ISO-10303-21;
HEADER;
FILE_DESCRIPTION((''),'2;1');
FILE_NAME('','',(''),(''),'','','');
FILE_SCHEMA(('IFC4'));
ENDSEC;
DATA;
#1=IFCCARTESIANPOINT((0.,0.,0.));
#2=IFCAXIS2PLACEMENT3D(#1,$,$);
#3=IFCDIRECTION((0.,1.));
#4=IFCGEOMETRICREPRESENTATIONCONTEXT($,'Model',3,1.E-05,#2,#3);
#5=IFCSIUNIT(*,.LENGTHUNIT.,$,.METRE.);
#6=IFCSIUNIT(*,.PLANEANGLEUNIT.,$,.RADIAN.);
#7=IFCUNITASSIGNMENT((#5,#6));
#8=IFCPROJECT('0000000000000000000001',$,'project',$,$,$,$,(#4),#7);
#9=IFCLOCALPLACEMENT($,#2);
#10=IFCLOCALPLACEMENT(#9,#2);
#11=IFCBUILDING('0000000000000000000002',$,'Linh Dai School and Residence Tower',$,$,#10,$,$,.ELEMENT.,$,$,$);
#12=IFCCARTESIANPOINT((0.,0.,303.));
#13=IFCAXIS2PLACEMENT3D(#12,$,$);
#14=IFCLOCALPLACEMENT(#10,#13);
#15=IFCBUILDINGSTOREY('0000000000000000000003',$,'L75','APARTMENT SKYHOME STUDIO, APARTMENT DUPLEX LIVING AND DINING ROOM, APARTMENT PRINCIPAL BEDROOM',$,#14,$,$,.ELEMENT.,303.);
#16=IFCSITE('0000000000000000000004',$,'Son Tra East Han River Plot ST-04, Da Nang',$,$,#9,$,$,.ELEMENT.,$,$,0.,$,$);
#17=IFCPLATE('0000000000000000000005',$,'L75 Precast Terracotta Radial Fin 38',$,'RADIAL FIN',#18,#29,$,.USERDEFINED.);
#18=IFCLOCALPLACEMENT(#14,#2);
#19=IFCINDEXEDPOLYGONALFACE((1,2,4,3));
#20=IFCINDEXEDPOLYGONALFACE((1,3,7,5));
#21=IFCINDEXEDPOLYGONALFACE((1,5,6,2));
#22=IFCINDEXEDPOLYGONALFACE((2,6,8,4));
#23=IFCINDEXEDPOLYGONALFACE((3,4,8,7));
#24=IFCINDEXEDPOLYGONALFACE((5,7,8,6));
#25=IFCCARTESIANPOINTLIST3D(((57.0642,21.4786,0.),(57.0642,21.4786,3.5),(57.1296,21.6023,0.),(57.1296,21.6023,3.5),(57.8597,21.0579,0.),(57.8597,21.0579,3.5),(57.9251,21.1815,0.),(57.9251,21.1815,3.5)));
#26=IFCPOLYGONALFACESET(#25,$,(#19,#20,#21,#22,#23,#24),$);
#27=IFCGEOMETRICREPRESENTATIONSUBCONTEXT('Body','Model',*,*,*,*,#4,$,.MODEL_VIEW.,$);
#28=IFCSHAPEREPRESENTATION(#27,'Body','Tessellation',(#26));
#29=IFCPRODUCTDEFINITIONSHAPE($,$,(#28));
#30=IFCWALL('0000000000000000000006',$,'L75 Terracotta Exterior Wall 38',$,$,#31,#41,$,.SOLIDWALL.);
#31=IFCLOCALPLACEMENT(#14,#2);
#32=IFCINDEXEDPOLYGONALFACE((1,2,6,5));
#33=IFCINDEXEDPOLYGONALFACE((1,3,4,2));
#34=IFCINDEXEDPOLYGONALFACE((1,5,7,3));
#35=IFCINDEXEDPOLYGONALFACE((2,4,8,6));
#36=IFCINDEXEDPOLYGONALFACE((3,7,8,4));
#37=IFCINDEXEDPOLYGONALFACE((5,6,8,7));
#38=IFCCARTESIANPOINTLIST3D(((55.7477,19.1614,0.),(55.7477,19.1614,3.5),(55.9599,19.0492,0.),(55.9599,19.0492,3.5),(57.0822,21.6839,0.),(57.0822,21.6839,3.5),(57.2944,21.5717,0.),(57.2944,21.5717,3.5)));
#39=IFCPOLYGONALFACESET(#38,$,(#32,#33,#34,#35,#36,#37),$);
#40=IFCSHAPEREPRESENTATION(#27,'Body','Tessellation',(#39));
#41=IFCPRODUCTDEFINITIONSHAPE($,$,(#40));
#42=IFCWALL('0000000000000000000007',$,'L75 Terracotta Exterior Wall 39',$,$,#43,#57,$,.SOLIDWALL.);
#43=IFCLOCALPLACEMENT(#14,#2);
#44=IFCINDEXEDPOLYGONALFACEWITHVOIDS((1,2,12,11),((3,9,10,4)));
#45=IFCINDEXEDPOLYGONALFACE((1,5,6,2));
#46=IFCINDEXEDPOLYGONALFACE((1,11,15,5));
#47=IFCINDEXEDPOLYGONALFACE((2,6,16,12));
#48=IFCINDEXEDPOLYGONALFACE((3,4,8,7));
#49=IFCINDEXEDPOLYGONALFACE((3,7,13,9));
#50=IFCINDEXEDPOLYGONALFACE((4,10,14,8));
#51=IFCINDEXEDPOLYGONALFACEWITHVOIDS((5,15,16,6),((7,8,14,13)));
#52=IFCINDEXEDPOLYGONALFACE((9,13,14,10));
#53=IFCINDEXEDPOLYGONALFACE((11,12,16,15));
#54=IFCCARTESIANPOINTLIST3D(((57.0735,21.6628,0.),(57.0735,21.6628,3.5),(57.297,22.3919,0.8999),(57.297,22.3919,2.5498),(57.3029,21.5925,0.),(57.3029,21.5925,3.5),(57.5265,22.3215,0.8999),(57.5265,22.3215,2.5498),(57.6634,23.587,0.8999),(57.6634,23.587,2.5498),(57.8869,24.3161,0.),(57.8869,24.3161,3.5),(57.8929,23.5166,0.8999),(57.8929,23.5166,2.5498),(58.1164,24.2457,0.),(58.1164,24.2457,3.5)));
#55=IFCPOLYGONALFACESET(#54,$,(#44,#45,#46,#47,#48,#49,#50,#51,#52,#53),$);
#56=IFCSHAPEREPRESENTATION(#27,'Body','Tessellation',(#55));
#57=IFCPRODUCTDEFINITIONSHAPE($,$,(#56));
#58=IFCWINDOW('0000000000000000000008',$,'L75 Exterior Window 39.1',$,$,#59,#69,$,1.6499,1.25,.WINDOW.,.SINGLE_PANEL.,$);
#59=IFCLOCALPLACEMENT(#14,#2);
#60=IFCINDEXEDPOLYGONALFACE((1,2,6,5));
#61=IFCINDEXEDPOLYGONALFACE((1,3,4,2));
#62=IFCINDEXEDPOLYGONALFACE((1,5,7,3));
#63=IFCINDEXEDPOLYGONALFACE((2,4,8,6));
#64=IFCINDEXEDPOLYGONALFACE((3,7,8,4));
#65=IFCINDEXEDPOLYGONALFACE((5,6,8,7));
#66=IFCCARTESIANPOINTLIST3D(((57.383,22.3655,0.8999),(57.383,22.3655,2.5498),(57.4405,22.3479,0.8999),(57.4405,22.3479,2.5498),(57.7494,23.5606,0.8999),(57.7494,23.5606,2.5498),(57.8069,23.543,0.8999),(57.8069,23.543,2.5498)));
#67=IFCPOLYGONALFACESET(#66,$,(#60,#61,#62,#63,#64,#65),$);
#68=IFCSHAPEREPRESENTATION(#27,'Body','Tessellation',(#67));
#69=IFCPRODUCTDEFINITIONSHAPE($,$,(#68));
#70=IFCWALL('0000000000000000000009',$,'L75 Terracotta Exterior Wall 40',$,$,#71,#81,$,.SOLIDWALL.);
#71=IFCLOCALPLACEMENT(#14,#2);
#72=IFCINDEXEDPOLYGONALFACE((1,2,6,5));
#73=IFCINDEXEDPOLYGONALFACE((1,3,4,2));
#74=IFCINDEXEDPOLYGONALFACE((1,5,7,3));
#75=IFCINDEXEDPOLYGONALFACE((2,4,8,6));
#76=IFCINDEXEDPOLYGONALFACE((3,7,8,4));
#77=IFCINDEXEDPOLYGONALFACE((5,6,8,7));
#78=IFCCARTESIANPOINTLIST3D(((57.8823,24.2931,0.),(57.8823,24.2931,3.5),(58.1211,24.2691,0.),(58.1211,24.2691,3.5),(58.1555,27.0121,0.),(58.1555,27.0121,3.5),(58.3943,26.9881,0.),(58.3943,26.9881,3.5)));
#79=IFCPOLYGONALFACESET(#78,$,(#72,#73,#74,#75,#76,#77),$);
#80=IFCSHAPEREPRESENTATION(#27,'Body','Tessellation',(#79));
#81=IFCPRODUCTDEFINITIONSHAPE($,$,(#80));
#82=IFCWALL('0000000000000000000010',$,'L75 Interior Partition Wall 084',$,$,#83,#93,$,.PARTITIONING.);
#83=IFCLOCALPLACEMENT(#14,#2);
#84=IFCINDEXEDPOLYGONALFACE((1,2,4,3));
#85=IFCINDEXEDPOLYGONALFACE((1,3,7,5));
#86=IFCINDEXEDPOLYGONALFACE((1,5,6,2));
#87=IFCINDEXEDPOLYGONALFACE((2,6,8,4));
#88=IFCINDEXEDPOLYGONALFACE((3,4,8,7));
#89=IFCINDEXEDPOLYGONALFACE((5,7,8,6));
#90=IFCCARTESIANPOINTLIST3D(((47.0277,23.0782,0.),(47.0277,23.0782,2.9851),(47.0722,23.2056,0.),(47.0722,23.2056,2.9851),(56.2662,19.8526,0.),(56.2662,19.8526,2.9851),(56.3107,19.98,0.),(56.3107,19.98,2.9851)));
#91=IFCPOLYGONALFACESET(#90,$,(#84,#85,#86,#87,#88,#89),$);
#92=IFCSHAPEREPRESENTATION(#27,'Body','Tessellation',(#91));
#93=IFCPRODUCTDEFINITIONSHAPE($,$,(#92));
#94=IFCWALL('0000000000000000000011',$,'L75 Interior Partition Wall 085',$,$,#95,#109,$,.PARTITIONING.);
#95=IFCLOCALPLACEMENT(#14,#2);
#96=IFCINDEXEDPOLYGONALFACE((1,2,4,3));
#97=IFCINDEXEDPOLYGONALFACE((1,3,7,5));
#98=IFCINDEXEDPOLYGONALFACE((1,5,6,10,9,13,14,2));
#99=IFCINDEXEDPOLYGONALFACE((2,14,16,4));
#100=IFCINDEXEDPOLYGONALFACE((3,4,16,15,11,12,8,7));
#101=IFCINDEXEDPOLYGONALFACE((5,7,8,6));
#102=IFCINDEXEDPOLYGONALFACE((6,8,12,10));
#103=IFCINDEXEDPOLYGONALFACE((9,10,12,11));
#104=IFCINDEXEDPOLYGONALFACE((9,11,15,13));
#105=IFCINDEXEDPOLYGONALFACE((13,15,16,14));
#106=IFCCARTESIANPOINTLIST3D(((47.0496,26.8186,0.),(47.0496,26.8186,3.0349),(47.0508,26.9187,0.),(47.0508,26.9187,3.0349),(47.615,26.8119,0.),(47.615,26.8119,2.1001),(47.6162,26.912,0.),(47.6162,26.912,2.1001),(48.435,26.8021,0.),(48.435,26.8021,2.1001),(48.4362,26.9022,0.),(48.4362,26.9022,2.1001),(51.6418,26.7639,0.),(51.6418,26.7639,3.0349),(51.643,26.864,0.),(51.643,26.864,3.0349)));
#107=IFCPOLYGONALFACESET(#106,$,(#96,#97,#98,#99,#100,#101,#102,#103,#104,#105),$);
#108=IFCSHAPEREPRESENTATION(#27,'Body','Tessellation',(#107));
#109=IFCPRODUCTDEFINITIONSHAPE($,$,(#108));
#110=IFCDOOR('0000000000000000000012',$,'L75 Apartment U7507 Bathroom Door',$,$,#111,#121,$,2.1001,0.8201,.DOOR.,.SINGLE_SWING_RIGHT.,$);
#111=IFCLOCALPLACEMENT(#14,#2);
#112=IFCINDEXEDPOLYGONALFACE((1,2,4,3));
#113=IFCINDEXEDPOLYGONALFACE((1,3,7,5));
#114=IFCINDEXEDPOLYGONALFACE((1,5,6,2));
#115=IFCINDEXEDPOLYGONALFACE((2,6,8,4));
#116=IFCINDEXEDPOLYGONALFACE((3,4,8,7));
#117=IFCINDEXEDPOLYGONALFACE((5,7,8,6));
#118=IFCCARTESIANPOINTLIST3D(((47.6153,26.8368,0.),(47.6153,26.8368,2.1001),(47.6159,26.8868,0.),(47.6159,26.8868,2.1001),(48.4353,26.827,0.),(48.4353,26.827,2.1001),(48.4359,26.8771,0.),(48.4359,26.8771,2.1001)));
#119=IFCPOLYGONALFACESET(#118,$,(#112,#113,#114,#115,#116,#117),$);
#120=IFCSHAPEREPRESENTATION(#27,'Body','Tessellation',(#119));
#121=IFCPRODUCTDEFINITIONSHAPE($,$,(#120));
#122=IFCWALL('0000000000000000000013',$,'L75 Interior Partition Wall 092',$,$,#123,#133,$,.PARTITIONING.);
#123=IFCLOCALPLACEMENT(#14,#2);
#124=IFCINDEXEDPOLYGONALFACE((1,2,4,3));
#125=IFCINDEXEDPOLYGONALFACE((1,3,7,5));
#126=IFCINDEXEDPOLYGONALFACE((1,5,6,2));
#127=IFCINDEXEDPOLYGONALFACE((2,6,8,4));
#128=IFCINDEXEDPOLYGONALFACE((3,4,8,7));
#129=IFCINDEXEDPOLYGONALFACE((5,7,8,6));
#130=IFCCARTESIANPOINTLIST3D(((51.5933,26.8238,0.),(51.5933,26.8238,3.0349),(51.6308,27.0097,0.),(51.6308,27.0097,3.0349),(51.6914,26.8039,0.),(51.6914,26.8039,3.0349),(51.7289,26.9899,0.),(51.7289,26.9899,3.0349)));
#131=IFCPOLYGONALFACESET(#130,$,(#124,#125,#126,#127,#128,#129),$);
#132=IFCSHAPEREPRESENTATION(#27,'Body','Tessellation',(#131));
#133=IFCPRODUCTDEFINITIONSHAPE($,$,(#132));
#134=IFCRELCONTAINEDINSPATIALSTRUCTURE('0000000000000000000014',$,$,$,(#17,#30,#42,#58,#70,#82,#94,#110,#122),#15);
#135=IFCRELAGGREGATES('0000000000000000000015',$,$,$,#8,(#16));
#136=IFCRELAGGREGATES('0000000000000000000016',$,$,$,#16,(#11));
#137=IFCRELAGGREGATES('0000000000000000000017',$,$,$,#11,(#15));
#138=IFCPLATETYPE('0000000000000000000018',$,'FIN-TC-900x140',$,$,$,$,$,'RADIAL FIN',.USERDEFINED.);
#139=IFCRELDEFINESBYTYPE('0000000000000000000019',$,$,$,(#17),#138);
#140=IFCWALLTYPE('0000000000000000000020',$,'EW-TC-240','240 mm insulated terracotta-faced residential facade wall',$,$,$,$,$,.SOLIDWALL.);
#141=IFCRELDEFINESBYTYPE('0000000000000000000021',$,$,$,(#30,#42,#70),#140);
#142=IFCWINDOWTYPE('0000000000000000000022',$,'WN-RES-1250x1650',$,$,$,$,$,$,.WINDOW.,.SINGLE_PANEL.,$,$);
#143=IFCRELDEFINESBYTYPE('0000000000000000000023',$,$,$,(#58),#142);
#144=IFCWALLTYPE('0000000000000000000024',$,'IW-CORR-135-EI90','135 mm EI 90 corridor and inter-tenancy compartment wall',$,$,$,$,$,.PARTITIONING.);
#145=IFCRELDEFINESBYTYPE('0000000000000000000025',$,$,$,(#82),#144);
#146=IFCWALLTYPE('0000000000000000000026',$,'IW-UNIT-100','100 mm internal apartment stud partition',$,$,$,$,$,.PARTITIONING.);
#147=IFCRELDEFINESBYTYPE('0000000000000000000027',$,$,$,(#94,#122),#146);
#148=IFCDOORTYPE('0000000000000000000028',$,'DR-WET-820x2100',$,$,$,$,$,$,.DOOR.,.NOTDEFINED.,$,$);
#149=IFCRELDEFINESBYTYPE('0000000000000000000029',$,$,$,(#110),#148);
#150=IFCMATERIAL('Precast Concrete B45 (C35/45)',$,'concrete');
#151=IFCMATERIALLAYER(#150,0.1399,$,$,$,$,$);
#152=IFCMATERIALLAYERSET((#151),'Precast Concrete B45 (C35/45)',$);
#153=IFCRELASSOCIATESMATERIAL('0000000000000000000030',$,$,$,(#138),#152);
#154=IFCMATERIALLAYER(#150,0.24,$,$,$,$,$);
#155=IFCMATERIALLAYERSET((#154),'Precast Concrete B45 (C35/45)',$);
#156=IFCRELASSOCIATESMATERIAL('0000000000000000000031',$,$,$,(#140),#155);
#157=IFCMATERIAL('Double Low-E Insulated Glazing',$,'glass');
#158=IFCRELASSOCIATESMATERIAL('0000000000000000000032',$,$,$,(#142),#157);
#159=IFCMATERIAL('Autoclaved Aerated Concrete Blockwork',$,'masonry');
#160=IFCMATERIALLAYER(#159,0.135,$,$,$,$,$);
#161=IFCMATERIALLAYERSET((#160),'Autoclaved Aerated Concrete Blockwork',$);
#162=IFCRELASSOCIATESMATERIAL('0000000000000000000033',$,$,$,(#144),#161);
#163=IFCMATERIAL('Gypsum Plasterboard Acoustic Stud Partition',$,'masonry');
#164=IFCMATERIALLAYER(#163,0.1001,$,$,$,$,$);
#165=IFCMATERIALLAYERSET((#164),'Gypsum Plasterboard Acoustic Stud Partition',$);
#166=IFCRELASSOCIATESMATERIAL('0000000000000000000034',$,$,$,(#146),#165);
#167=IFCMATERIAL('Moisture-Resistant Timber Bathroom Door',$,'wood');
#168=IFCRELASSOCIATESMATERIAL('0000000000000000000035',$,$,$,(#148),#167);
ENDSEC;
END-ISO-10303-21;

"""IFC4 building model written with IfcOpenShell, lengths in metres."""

from ifc_helpers import new_model, si_unit, direction, frame, frame_2d, origin, origin_2d, place, context, subcontext, project, spatial, rectangle, extrude, source, transform, mapped, material, layer, layer_set, type_object, element, fill, save


model = new_model("IFC4")

# Units and contexts
model_context = context("Model", 3, precision=1e-05, world=origin(), true_north=direction((0.0, 1.0)))
body_context = subcontext(model_context, "Body", "Model", "MODEL_VIEW")
ifc_project = project(units=[si_unit("LENGTHUNIT", "METRE"), si_unit("PLANEANGLEUNIT", "RADIAN")], contexts=[model_context])

# Site, building, storey
site_placement = place(None, origin())
site = spatial("IfcSite", under=ifc_project, at=site_placement, Name="Son Tra East Han River Plot ST-04, Da Nang", CompositionType="ELEMENT", RefElevation=0.0)
building_placement = place(site_placement, origin())
building = spatial("IfcBuilding", under=site, at=building_placement, Name="Linh Dai School and Residence Tower", CompositionType="ELEMENT")
storey_placement = place(building_placement, frame((0.0, 0.0, 303.0)))
storey = spatial("IfcBuildingStorey", under=building, at=storey_placement, Name="L75", Description="APARTMENT SKYHOME STUDIO, APARTMENT DUPLEX LIVING AND DINING ROOM, APARTMENT PRINCIPAL BEDROOM", CompositionType="ELEMENT", Elevation=303.0)

# Plate
ifc_material_1 = material(Name="Precast Concrete B45 (C35/45)", Category="concrete")
ifc_layer_1 = layer(ifc_material_1, 0.1399)
ifc_layer_set_1 = layer_set([ifc_layer_1], Name="Precast Concrete B45 (C35/45)")
plate_type = type_object("IfcPlateType", Name="FIN-TC-900x140", ElementType="RADIAL FIN", PredefinedType="USERDEFINED", material=ifc_layer_set_1)
shared_shape_1 = source(origin(), body_context, "Body", "SweptSolid", [
    extrude(rectangle(XDim=0.8999, YDim=0.1399, at=origin_2d()), origin(), (0.0, 0.0, 1.0), 3.5),
])
plate_placement = place(storey_placement, frame((57.4946, 21.3301, 0.0), z_axis=(0.0, 0.0, 1.0), x_axis=(0.883938, -0.467604, 0.0)))
element("IfcPlate", 1, at=plate_placement, inside=storey, type_object=plate_type, Name="L75 Precast Terracotta Radial Fin 38", ObjectType="RADIAL FIN", PredefinedType="USERDEFINED", context=body_context, shape_type="MappedRepresentation", body=[
    mapped(shared_shape_1, transform((0.0, 0.0, 0.0), x_axis=(1.0, 0.0, 0.0), y_axis=(0.0, 1.0, 0.0), z_axis=(0.0, 0.0, 1.0), scale=1.0)),
])

# Wall
ifc_layer_2 = layer(ifc_material_1, 0.24)
ifc_layer_set_2 = layer_set([ifc_layer_2], Name="Precast Concrete B45 (C35/45)")
wall_type_1 = type_object("IfcWallType", Name="EW-TC-240", Description="240 mm insulated terracotta-faced residential facade wall", PredefinedType="SOLIDWALL", material=ifc_layer_set_2)
wall_1_placement = place(storey_placement, frame((57.1882, 21.6277, 0.0), z_axis=(0.0, 0.0, 1.0), x_axis=(-0.467628, -0.883925, 0.0)))
element("IfcWall", 2, at=wall_1_placement, inside=storey, type_object=wall_type_1, Name="L75 Terracotta Exterior Wall 38", PredefinedType="SOLIDWALL", context=body_context, shape_type="SweptSolid", body=[
    extrude(rectangle(XDim=2.8538, YDim=0.24, at=frame_2d((1.4268, 0.0))), origin(), (0.0, 0.0, 1.0), 3.5),
])

# Wall, opening, window
wall_2_placement = place(storey_placement, frame((58.0017, 24.281, 0.0), z_axis=(0.0, 0.0, 1.0), x_axis=(-0.293121, -0.956075, 0.0)))
wall_2 = element("IfcWall", 3, at=wall_2_placement, inside=storey, type_object=wall_type_1, Name="L75 Terracotta Exterior Wall 39", PredefinedType="SOLIDWALL", context=body_context, shape_type="SweptSolid", body=[
    extrude(rectangle(XDim=2.7751, YDim=0.24, at=frame_2d((1.3877, 0.0))), origin(), (0.0, 0.0, 1.0), 3.5),
])
opening_1_placement = place(wall_2_placement, frame((0.7627, 0.0, 0.8999)))
opening_1 = element("IfcOpeningElement", 4, at=opening_1_placement, cuts=wall_2, PredefinedType="OPENING", context=body_context, shape_type="SweptSolid", body=[
    extrude(rectangle(XDim=1.25, YDim=1.6499, at=origin_2d()), frame((0.625, 0.1299, 0.825), z_axis=(0.0, -1.0, 0.0), x_axis=(1.0, 0.0, 0.0)), (0.0, 0.0, 1.0), 0.26),
])
ifc_material_2 = material(Name="Double Low-E Insulated Glazing", Category="glass")
window_type = type_object("IfcWindowType", Name="WN-RES-1250x1650", PartitioningType="SINGLE_PANEL", PredefinedType="WINDOW", material=ifc_material_2)
shared_shape_2 = source(origin(), body_context, "Body", "SweptSolid", [
    extrude(rectangle(XDim=1.25, YDim=1.6499, at=origin_2d()), frame((0.625, 0.03, 0.825), z_axis=(0.0, -1.0, 0.0), x_axis=(1.0, 0.0, 0.0)), (0.0, 0.0, 1.0), 0.0601),
])
window_placement = place(opening_1_placement, origin())
window = element("IfcWindow", 5, at=window_placement, inside=storey, type_object=window_type, Name="L75 Exterior Window 39.1", OverallHeight=1.6499, OverallWidth=1.25, PartitioningType="SINGLE_PANEL", PredefinedType="WINDOW", context=body_context, shape_type="MappedRepresentation", body=[
    mapped(shared_shape_2, transform((0.0, 0.0, 0.0), x_axis=(1.0, 0.0, 0.0), y_axis=(0.0, 1.0, 0.0), z_axis=(0.0, 0.0, 1.0), scale=1.0)),
])
fill(opening_1, window)

# Walls
wall_3_placement = place(storey_placement, frame((58.2749, 27.0, 0.0), z_axis=(0.0, 0.0, 1.0), x_axis=(-0.099973, -0.99499, 0.0)))
element("IfcWall", 6, at=wall_3_placement, inside=storey, type_object=wall_type_1, Name="L75 Terracotta Exterior Wall 40", PredefinedType="SOLIDWALL", context=body_context, shape_type="SweptSolid", body=[
    extrude(rectangle(XDim=2.7327, YDim=0.24, at=frame_2d((1.3662, 0.0))), origin(), (0.0, 0.0, 1.0), 3.5),
])
ifc_material_3 = material(Name="Autoclaved Aerated Concrete Blockwork", Category="masonry")
ifc_layer_3 = layer(ifc_material_3, 0.135)
ifc_layer_set_3 = layer_set([ifc_layer_3], Name="Autoclaved Aerated Concrete Blockwork")
wall_type_2 = type_object("IfcWallType", Name="IW-CORR-135-EI90", Description="135 mm EI 90 corridor and inter-tenancy compartment wall", PredefinedType="PARTITIONING", material=ifc_layer_set_3)
wall_4_placement = place(storey_placement, frame((47.05, 23.1418, 0.0), z_axis=(0.0, 0.0, 1.0), x_axis=(0.94411, -0.329631, 0.0)))
element("IfcWall", 7, at=wall_4_placement, inside=storey, type_object=wall_type_2, Name="L75 Interior Partition Wall 084", PredefinedType="PARTITIONING", context=body_context, shape_type="SweptSolid", body=[
    extrude(rectangle(XDim=9.7854, YDim=0.135, at=frame_2d((4.8926, 0.0))), origin(), (0.0, 0.0, 1.0), 2.9851),
])

# Wall, opening, door
ifc_material_4 = material(Name="Gypsum Plasterboard Acoustic Stud Partition", Category="masonry")
ifc_layer_4 = layer(ifc_material_4, 0.1001)
ifc_layer_set_4 = layer_set([ifc_layer_4], Name="Gypsum Plasterboard Acoustic Stud Partition")
wall_type_3 = type_object("IfcWallType", Name="IW-UNIT-100", Description="100 mm internal apartment stud partition", PredefinedType="PARTITIONING", material=ifc_layer_set_4)
wall_5_placement = place(storey_placement, frame((47.05, 26.8687, 0.0), z_axis=(0.0, 0.0, 1.0), x_axis=(0.999929, -0.011908, 0.0)))
wall_5 = element("IfcWall", 8, at=wall_5_placement, inside=storey, type_object=wall_type_3, Name="L75 Interior Partition Wall 085", PredefinedType="PARTITIONING", context=body_context, shape_type="SweptSolid", body=[
    extrude(rectangle(XDim=4.5925, YDim=0.1001, at=frame_2d((2.2964, 0.0))), origin(), (0.0, 0.0, 1.0), 3.0349),
])
opening_2_placement = place(wall_5_placement, frame((0.5654, 0.0, 0.0)))
opening_2 = element("IfcOpeningElement", 9, at=opening_2_placement, cuts=wall_5, PredefinedType="OPENING", context=body_context, shape_type="SweptSolid", body=[
    extrude(rectangle(XDim=0.8201, YDim=2.1001, at=origin_2d()), frame((0.4102, 0.0601, 1.05), z_axis=(0.0, -1.0, 0.0), x_axis=(1.0, 0.0, 0.0)), (0.0, 0.0, 1.0), 0.1201),
])
ifc_material_5 = material(Name="Moisture-Resistant Timber Bathroom Door", Category="wood")
door_type = type_object("IfcDoorType", Name="DR-WET-820x2100", OperationType="NOTDEFINED", PredefinedType="DOOR", material=ifc_material_5)
shared_shape_3 = source(origin(), body_context, "Body", "SweptSolid", [
    extrude(rectangle(XDim=0.8201, YDim=2.1001, at=origin_2d()), frame((0.4102, 0.0249, 1.05), z_axis=(0.0, -1.0, 0.0), x_axis=(1.0, 0.0, 0.0)), (0.0, 0.0, 1.0), 0.05),
])
door_placement = place(opening_2_placement, origin())
door = element("IfcDoor", 10, at=door_placement, inside=storey, type_object=door_type, Name="L75 Apartment U7507 Bathroom Door", OperationType="SINGLE_SWING_RIGHT", OverallHeight=2.1001, OverallWidth=0.8201, PredefinedType="DOOR", context=body_context, shape_type="MappedRepresentation", body=[
    mapped(shared_shape_3, transform((0.0, 0.0, 0.0), x_axis=(1.0, 0.0, 0.0), y_axis=(0.0, 1.0, 0.0), z_axis=(0.0, 0.0, 1.0), scale=1.0)),
])
fill(opening_2, door)

# Wall
wall_6_placement = place(storey_placement, frame((51.6423, 26.814, 0.0), z_axis=(0.0, 0.0, 1.0), x_axis=(0.198095, 0.980183, 0.0)))
element("IfcWall", 11, at=wall_6_placement, inside=storey, type_object=wall_type_3, Name="L75 Interior Partition Wall 092", PredefinedType="PARTITIONING", context=body_context, shape_type="SweptSolid", body=[
    extrude(rectangle(XDim=0.1897, YDim=0.1001, at=frame_2d((0.0947, 0.0))), origin(), (0.0, 0.0, 1.0), 3.0349),
])

save(model, "model.ifc")
